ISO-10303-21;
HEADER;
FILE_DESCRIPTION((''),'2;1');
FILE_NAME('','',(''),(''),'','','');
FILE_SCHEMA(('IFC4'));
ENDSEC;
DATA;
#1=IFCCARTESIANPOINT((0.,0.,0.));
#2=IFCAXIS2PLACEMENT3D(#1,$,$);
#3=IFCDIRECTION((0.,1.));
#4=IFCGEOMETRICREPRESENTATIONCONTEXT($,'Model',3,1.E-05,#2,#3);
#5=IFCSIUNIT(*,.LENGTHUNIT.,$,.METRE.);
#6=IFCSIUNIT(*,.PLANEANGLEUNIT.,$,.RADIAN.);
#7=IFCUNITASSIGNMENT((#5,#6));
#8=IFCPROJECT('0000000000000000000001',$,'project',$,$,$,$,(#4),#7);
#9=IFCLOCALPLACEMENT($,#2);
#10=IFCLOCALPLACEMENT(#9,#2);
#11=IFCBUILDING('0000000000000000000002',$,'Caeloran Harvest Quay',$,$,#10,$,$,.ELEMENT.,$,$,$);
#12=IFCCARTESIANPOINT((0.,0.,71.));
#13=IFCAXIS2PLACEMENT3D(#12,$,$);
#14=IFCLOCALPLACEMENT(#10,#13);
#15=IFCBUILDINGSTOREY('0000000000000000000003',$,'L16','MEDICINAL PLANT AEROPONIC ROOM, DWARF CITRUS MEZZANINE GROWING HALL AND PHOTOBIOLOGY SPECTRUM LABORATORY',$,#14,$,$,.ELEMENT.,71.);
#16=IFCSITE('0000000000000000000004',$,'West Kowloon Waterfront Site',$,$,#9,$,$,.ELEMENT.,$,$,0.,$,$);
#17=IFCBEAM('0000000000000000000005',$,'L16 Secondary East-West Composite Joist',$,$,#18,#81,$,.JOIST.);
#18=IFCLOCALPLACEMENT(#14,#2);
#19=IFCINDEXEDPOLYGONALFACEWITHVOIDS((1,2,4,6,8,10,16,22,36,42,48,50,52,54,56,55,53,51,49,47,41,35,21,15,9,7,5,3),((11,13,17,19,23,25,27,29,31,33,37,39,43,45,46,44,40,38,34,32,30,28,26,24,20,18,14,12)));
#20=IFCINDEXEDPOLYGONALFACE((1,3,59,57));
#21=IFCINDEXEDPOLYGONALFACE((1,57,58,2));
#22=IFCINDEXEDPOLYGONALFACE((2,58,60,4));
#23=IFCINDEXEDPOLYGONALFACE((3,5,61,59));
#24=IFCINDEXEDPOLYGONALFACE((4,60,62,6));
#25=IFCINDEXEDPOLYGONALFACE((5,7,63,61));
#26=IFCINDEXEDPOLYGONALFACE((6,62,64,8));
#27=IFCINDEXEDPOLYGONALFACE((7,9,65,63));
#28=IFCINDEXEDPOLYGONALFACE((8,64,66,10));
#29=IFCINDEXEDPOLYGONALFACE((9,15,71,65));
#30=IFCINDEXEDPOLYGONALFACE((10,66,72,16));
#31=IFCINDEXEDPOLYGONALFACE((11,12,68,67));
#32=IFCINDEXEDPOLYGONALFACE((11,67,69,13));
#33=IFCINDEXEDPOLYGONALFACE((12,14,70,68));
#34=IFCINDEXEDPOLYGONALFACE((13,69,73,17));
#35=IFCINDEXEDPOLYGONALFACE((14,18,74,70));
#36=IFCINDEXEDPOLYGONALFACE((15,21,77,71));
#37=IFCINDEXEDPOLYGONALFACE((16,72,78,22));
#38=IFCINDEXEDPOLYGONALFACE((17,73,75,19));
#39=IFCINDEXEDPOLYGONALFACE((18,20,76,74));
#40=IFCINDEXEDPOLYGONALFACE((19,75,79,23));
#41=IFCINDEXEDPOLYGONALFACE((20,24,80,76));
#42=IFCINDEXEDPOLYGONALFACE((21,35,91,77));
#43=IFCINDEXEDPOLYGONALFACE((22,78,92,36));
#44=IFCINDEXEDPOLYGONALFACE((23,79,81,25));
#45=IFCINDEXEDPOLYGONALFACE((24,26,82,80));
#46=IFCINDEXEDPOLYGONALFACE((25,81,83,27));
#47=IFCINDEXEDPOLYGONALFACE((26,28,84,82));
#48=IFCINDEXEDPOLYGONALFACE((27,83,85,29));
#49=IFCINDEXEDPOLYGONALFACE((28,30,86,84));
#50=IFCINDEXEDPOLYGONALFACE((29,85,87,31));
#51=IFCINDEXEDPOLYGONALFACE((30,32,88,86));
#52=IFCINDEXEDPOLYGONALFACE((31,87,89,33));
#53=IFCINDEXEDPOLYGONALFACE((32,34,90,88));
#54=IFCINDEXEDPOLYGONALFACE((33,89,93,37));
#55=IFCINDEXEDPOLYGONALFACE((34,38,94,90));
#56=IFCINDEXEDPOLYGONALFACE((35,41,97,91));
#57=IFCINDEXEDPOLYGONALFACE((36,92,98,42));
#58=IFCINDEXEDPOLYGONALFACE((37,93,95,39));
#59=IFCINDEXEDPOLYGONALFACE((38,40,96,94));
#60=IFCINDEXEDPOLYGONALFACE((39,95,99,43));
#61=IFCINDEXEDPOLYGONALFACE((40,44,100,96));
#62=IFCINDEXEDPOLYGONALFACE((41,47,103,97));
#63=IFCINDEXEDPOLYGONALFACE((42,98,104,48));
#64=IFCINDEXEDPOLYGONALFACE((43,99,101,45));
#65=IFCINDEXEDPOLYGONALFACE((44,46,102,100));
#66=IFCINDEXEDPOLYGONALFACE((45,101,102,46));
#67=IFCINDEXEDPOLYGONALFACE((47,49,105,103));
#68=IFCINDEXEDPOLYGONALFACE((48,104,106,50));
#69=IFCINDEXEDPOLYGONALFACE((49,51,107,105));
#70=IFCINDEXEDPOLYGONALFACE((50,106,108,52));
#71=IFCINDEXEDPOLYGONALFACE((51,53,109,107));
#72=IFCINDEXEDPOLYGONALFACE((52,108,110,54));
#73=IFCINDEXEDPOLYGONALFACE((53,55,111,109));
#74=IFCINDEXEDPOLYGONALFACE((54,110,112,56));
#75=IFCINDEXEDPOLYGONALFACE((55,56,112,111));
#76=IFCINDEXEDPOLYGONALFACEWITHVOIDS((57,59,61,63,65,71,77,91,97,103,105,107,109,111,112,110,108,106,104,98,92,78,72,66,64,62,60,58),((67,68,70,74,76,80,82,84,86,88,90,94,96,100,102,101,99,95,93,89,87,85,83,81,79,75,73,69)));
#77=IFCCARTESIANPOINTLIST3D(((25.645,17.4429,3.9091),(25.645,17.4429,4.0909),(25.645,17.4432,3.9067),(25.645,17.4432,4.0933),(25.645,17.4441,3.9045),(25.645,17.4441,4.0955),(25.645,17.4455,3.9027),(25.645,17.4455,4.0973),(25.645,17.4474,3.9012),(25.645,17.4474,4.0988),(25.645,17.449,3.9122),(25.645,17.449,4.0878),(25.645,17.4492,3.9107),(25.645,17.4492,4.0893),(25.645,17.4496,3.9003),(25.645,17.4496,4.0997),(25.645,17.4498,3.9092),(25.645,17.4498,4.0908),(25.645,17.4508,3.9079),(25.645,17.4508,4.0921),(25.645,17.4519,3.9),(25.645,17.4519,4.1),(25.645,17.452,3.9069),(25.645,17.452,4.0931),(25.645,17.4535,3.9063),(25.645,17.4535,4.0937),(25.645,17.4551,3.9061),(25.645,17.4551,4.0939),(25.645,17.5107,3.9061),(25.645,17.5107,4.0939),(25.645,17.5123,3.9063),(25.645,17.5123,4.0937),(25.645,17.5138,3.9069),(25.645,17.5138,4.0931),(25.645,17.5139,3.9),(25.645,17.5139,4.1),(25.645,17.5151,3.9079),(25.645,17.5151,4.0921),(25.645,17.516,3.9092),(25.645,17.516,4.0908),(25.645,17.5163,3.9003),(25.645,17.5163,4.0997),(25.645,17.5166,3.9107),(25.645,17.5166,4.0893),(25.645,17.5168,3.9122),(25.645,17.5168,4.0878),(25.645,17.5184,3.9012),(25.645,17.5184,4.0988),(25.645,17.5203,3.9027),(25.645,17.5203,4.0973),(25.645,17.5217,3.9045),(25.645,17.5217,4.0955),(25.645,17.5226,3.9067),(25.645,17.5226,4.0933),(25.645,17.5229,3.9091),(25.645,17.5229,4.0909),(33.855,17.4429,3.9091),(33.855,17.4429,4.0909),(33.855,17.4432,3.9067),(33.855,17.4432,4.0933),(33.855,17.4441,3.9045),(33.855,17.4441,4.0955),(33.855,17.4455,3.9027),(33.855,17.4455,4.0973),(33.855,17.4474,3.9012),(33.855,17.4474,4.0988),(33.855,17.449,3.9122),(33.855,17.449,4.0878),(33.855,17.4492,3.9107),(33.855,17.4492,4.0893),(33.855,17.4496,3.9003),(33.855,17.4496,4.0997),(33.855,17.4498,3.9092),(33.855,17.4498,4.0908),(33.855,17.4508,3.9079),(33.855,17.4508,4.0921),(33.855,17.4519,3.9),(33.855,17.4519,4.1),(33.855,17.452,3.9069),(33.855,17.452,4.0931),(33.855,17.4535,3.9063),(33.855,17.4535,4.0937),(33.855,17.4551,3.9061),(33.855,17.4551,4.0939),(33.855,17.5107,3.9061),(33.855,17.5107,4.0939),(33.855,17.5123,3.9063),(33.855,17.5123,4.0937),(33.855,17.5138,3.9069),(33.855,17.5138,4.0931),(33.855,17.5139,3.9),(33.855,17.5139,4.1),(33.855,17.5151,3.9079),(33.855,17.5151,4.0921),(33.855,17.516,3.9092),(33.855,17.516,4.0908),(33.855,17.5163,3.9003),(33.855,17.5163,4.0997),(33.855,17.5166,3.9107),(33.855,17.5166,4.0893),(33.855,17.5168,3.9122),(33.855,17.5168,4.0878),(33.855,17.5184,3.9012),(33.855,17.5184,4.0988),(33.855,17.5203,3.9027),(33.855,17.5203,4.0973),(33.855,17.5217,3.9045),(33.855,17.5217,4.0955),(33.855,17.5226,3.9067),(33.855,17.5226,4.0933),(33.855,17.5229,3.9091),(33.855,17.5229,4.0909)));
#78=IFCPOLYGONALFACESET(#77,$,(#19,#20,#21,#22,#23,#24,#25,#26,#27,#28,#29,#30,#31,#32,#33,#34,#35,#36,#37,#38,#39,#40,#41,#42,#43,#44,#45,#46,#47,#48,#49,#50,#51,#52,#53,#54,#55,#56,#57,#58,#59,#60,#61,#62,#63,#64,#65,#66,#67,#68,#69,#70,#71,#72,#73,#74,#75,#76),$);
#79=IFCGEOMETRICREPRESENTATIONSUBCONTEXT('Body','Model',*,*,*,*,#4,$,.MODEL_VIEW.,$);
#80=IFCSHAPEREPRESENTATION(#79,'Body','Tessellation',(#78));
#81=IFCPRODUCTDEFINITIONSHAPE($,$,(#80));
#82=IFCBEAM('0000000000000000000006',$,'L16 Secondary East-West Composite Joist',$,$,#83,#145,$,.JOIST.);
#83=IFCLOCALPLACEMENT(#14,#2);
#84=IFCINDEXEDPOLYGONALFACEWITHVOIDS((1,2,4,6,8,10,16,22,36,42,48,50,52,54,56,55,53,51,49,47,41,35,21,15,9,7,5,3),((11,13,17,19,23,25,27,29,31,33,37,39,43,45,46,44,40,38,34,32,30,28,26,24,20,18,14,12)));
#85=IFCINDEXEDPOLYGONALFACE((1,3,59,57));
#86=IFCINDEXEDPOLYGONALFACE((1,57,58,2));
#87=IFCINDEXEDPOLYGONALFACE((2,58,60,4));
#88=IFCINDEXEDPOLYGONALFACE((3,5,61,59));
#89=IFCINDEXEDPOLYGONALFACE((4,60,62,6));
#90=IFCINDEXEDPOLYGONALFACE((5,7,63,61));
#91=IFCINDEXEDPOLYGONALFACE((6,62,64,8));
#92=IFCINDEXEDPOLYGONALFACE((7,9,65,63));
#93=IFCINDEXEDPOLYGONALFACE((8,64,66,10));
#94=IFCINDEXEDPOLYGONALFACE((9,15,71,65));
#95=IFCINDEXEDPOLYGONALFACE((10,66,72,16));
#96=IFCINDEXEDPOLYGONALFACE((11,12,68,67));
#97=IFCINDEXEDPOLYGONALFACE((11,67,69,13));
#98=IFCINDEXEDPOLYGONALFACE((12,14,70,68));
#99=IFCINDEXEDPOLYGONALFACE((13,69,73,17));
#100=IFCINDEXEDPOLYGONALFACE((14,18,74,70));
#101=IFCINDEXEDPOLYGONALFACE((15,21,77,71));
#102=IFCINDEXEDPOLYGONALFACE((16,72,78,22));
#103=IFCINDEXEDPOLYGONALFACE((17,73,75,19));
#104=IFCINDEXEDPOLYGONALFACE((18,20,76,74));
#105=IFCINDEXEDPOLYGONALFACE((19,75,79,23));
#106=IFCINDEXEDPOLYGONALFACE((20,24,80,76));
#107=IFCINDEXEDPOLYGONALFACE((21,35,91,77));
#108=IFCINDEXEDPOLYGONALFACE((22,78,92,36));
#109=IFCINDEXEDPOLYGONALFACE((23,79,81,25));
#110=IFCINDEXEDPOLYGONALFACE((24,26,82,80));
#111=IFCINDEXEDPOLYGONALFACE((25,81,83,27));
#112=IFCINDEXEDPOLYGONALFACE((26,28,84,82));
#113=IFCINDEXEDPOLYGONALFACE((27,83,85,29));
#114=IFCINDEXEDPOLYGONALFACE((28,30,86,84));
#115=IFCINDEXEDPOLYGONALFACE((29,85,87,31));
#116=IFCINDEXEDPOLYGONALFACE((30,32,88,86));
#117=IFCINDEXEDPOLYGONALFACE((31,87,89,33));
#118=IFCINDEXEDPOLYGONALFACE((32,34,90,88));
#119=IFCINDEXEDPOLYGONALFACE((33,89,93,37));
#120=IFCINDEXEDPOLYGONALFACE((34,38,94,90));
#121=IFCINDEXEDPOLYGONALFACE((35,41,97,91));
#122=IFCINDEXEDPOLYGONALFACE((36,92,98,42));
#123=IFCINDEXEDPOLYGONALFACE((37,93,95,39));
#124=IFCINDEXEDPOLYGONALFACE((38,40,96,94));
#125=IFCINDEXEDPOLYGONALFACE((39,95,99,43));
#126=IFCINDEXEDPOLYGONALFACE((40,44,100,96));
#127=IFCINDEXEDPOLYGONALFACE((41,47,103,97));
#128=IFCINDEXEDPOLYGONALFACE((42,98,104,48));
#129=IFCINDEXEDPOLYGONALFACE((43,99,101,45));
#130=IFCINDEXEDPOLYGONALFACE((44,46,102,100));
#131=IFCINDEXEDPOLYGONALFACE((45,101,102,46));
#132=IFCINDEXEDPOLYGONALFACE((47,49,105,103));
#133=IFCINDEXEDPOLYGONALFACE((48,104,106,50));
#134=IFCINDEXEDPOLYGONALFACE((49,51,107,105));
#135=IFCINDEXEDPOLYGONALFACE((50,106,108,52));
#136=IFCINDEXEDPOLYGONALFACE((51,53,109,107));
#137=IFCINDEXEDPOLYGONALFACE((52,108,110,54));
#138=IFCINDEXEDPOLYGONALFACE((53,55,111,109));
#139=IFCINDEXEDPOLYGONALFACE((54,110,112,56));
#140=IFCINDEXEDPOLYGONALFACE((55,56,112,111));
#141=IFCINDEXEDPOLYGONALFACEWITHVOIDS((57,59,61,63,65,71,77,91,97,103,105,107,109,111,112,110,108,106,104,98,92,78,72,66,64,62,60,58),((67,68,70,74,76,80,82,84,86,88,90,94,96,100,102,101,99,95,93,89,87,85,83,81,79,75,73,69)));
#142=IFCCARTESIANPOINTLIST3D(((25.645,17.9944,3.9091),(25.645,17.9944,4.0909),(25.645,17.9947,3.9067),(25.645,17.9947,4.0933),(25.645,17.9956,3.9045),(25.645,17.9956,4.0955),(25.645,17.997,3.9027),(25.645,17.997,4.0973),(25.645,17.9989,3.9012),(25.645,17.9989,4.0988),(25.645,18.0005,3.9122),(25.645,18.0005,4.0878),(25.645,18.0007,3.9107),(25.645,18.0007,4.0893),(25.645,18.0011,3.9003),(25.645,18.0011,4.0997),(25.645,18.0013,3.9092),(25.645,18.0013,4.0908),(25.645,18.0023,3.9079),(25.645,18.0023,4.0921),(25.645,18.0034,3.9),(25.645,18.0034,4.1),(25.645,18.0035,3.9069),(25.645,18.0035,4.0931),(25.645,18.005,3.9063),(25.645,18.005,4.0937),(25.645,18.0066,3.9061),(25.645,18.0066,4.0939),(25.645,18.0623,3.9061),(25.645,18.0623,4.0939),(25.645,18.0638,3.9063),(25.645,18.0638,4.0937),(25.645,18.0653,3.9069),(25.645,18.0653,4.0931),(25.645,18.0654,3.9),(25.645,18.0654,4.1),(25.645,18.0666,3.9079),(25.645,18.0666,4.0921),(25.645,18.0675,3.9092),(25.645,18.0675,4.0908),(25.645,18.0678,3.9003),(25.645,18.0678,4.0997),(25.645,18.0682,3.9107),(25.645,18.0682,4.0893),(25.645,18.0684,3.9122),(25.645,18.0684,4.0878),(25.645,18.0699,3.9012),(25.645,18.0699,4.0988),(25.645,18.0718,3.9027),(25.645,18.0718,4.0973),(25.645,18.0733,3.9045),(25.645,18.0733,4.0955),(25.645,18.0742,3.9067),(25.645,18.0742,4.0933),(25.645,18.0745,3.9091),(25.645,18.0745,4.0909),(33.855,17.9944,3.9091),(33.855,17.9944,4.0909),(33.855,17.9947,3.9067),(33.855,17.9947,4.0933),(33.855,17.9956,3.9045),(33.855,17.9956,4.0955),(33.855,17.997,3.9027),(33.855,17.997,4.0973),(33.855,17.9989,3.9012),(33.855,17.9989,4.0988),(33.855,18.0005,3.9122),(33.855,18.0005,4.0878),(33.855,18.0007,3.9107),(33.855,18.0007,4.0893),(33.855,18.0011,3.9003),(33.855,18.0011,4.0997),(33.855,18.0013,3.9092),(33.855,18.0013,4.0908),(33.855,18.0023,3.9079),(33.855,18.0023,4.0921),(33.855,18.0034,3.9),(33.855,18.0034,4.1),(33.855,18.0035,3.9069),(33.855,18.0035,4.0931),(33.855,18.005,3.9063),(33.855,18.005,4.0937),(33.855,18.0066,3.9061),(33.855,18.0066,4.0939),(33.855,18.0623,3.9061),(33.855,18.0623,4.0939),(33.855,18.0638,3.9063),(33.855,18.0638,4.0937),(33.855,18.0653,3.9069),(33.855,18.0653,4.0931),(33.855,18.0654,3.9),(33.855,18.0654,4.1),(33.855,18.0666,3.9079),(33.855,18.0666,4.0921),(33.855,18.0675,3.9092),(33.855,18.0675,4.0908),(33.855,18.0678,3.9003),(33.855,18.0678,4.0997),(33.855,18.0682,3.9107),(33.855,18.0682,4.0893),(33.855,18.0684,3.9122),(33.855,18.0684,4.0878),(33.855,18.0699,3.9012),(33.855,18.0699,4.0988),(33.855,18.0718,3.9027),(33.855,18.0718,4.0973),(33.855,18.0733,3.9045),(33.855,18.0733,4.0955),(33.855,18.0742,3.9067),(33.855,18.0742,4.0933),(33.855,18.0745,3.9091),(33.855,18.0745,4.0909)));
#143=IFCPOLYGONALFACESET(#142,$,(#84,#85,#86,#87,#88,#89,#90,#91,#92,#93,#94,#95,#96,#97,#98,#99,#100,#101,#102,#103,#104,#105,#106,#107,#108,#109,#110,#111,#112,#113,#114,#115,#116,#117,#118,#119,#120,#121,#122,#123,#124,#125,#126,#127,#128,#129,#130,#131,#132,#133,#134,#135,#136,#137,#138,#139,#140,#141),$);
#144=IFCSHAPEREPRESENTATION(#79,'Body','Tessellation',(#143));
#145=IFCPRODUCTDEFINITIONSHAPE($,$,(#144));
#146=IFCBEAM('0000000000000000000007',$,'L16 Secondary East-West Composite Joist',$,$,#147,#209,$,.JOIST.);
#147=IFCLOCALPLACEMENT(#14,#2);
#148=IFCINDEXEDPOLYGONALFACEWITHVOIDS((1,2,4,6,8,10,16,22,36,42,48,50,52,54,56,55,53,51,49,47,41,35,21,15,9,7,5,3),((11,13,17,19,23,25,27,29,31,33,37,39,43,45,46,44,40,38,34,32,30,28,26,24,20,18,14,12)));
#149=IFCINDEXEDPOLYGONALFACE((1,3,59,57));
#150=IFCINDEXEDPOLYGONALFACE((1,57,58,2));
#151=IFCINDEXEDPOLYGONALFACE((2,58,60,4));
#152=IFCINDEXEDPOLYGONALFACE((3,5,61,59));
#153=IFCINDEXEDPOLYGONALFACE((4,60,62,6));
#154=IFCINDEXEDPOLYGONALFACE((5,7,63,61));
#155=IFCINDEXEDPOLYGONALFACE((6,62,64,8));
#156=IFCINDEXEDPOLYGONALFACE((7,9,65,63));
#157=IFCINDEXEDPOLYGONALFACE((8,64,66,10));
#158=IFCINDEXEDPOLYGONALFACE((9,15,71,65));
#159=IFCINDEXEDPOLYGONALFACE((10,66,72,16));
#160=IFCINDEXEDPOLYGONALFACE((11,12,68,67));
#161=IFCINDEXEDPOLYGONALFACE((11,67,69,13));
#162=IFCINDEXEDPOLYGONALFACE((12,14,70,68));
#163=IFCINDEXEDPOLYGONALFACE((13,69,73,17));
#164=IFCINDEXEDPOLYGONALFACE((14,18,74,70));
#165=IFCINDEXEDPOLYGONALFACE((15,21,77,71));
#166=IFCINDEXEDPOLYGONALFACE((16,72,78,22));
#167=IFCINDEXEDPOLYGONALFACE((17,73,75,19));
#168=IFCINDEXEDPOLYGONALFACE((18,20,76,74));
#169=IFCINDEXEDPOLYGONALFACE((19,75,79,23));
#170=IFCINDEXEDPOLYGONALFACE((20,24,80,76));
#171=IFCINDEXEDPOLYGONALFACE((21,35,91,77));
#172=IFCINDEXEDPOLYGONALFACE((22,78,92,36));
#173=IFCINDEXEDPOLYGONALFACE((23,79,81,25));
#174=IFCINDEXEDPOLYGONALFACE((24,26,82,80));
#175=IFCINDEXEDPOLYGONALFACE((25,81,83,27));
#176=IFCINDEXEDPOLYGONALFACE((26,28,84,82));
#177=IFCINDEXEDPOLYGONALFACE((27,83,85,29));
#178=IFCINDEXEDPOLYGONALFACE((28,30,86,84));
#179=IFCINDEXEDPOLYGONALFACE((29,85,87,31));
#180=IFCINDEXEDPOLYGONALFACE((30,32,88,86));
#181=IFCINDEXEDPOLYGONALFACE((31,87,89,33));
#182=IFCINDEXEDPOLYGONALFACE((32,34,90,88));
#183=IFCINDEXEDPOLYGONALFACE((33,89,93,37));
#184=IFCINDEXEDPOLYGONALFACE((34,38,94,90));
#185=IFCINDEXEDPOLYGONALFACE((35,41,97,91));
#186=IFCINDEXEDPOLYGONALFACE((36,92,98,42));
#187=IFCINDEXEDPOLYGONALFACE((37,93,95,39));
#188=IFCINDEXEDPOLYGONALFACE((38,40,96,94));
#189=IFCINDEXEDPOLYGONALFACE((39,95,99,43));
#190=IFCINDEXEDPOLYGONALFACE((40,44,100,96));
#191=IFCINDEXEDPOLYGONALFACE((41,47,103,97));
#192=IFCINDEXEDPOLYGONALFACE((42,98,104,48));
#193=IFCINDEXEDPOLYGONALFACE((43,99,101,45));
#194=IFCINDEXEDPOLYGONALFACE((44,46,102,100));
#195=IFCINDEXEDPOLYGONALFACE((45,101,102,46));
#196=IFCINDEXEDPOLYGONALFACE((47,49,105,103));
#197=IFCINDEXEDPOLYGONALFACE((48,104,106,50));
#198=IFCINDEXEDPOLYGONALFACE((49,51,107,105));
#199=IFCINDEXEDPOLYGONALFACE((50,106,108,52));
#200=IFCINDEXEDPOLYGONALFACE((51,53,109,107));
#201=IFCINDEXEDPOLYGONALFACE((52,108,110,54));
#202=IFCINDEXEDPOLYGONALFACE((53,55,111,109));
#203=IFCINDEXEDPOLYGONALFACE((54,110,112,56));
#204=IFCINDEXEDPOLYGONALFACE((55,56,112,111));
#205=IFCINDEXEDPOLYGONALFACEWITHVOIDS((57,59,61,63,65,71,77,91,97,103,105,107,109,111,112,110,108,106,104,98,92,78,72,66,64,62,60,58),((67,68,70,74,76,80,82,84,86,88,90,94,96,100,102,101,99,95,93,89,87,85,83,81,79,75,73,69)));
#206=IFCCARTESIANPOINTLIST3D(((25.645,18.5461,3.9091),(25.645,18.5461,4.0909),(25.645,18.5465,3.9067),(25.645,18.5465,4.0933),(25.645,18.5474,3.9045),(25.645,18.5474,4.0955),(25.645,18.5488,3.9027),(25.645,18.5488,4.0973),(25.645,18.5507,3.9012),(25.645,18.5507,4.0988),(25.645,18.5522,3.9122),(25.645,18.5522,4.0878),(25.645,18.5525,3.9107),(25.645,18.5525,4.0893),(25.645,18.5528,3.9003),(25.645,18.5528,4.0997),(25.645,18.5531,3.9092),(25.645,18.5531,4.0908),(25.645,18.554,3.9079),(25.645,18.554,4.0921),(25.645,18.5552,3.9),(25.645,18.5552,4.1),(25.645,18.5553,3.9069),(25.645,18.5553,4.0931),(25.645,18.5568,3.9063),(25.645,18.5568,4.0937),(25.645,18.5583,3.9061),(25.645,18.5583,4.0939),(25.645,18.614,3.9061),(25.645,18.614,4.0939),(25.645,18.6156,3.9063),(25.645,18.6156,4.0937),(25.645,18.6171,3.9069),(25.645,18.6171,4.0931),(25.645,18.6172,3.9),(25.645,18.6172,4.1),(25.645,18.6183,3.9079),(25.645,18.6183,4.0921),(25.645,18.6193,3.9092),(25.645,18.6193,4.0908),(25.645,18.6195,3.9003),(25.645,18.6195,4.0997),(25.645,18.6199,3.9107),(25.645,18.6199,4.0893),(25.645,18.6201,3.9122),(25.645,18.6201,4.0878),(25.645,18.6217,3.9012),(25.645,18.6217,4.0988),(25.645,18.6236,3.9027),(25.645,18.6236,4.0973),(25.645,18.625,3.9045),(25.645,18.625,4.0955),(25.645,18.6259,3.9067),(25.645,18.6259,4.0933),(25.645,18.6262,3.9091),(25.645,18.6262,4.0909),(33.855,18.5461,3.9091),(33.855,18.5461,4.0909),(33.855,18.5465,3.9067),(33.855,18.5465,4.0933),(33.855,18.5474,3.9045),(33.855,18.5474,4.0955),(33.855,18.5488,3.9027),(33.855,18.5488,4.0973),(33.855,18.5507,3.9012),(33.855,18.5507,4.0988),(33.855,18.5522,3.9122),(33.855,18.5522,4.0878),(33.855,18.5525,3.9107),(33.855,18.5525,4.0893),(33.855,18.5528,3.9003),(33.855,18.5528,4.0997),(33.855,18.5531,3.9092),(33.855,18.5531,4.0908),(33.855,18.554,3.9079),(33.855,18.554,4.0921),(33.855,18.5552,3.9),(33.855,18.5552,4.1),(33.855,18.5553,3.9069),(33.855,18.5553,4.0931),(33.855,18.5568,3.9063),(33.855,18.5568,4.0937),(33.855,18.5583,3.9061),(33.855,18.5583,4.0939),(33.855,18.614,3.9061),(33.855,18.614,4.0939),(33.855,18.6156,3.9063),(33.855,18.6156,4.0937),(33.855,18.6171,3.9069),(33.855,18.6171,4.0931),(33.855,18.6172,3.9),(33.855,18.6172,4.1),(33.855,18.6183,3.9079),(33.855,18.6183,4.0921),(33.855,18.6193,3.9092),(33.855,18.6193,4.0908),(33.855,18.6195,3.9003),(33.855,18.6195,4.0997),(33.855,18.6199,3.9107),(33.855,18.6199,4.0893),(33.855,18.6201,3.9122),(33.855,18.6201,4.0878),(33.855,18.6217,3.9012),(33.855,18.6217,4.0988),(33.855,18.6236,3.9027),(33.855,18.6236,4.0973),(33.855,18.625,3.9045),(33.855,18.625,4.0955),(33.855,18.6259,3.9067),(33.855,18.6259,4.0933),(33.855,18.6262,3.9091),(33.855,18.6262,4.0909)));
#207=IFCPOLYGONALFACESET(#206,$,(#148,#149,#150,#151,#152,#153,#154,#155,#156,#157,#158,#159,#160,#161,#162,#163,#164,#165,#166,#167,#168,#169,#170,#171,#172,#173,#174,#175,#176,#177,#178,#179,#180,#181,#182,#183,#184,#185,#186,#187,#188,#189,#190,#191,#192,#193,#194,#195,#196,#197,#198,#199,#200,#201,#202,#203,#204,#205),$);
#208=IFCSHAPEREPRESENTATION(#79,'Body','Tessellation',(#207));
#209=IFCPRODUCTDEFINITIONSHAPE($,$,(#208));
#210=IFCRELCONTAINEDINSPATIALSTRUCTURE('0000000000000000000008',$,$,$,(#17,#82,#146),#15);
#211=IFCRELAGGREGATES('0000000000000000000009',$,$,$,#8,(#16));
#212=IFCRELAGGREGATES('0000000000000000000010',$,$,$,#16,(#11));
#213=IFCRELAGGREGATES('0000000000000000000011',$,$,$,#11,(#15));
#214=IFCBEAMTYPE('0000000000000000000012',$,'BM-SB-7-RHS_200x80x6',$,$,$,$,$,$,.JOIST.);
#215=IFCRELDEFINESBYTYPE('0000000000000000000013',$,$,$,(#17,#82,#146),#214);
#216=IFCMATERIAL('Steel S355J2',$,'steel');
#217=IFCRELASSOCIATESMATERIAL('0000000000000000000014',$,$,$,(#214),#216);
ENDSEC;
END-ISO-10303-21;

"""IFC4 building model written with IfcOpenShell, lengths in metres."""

from ifc_helpers import new_model, si_unit, direction, frame, origin, origin_2d, place, context, subcontext, project, spatial, hollow_rectangle, extrude, material, material_profile, profile_set, type_object, element, save


model = new_model("IFC4")

# Units and contexts
model_context = context("Model", 3, precision=1e-05, world=origin(), true_north=direction((0.0, 1.0)))
body_context = subcontext(model_context, "Body", "Model", "MODEL_VIEW")
ifc_project = project(units=[si_unit("LENGTHUNIT", "METRE"), si_unit("PLANEANGLEUNIT", "RADIAN")], contexts=[model_context])

# Site, building, storey
site_placement = place(None, origin())
site = spatial("IfcSite", under=ifc_project, at=site_placement, Name="West Kowloon Waterfront Site", CompositionType="ELEMENT", RefElevation=0.0)
building_placement = place(site_placement, origin())
building = spatial("IfcBuilding", under=site, at=building_placement, Name="Caeloran Harvest Quay", CompositionType="ELEMENT")
storey_placement = place(building_placement, frame((0.0, 0.0, 71.0)))
storey = spatial("IfcBuildingStorey", under=building, at=storey_placement, Name="L16", Description="MEDICINAL PLANT AEROPONIC ROOM, DWARF CITRUS MEZZANINE GROWING HALL AND PHOTOBIOLOGY SPECTRUM LABORATORY", CompositionType="ELEMENT", Elevation=71.0)

# Beams
ifc_material_1 = material(Name="Steel S355J2", Category="steel")
ifc_material_profile_1 = material_profile(ifc_material_1, hollow_rectangle(XDim=0.0801, YDim=0.2, WallThickness=0.0061, InnerFilletRadius=0.0061, OuterFilletRadius=0.009, at=origin_2d()), Name="RHS 200x80x6")
ifc_profile_set_1 = profile_set([ifc_material_profile_1], Name="Steel S355J2")
beam_type_1 = type_object("IfcBeamType", Name="BM-SB-7-RHS_200x80x6", PredefinedType="JOIST", material=ifc_profile_set_1)
for number, where, z_axis, x_axis, name in (
    (1, (25.645, 17.4829, 4.0), (1.0, 0.0, 0.0), (0.0, 1.0, 0.0), "L16 Secondary East-West Composite Joist"),
    (2, (25.645, 18.0344, 4.0), (1.0, 0.0, 0.0), (0.0, 1.0, 0.0), "L16 Secondary East-West Composite Joist"),
    (3, (25.645, 18.5862, 4.0), (1.0, 0.0, 0.0), (0.0, 1.0, 0.0), "L16 Secondary East-West Composite Joist"),
):
    element("IfcBeam", number, at=place(storey_placement, frame(where, z_axis=z_axis, x_axis=x_axis)), inside=storey, type_object=beam_type_1, Name=name, PredefinedType="JOIST", context=body_context, shape_type="SweptSolid", body=[
        extrude(hollow_rectangle(XDim=0.0801, YDim=0.2, WallThickness=0.0061, InnerFilletRadius=0.0061, OuterFilletRadius=0.009, at=origin_2d()), origin(), (0.0, 0.0, 1.0), 8.21),
    ])

save(model, "model.ifc")
